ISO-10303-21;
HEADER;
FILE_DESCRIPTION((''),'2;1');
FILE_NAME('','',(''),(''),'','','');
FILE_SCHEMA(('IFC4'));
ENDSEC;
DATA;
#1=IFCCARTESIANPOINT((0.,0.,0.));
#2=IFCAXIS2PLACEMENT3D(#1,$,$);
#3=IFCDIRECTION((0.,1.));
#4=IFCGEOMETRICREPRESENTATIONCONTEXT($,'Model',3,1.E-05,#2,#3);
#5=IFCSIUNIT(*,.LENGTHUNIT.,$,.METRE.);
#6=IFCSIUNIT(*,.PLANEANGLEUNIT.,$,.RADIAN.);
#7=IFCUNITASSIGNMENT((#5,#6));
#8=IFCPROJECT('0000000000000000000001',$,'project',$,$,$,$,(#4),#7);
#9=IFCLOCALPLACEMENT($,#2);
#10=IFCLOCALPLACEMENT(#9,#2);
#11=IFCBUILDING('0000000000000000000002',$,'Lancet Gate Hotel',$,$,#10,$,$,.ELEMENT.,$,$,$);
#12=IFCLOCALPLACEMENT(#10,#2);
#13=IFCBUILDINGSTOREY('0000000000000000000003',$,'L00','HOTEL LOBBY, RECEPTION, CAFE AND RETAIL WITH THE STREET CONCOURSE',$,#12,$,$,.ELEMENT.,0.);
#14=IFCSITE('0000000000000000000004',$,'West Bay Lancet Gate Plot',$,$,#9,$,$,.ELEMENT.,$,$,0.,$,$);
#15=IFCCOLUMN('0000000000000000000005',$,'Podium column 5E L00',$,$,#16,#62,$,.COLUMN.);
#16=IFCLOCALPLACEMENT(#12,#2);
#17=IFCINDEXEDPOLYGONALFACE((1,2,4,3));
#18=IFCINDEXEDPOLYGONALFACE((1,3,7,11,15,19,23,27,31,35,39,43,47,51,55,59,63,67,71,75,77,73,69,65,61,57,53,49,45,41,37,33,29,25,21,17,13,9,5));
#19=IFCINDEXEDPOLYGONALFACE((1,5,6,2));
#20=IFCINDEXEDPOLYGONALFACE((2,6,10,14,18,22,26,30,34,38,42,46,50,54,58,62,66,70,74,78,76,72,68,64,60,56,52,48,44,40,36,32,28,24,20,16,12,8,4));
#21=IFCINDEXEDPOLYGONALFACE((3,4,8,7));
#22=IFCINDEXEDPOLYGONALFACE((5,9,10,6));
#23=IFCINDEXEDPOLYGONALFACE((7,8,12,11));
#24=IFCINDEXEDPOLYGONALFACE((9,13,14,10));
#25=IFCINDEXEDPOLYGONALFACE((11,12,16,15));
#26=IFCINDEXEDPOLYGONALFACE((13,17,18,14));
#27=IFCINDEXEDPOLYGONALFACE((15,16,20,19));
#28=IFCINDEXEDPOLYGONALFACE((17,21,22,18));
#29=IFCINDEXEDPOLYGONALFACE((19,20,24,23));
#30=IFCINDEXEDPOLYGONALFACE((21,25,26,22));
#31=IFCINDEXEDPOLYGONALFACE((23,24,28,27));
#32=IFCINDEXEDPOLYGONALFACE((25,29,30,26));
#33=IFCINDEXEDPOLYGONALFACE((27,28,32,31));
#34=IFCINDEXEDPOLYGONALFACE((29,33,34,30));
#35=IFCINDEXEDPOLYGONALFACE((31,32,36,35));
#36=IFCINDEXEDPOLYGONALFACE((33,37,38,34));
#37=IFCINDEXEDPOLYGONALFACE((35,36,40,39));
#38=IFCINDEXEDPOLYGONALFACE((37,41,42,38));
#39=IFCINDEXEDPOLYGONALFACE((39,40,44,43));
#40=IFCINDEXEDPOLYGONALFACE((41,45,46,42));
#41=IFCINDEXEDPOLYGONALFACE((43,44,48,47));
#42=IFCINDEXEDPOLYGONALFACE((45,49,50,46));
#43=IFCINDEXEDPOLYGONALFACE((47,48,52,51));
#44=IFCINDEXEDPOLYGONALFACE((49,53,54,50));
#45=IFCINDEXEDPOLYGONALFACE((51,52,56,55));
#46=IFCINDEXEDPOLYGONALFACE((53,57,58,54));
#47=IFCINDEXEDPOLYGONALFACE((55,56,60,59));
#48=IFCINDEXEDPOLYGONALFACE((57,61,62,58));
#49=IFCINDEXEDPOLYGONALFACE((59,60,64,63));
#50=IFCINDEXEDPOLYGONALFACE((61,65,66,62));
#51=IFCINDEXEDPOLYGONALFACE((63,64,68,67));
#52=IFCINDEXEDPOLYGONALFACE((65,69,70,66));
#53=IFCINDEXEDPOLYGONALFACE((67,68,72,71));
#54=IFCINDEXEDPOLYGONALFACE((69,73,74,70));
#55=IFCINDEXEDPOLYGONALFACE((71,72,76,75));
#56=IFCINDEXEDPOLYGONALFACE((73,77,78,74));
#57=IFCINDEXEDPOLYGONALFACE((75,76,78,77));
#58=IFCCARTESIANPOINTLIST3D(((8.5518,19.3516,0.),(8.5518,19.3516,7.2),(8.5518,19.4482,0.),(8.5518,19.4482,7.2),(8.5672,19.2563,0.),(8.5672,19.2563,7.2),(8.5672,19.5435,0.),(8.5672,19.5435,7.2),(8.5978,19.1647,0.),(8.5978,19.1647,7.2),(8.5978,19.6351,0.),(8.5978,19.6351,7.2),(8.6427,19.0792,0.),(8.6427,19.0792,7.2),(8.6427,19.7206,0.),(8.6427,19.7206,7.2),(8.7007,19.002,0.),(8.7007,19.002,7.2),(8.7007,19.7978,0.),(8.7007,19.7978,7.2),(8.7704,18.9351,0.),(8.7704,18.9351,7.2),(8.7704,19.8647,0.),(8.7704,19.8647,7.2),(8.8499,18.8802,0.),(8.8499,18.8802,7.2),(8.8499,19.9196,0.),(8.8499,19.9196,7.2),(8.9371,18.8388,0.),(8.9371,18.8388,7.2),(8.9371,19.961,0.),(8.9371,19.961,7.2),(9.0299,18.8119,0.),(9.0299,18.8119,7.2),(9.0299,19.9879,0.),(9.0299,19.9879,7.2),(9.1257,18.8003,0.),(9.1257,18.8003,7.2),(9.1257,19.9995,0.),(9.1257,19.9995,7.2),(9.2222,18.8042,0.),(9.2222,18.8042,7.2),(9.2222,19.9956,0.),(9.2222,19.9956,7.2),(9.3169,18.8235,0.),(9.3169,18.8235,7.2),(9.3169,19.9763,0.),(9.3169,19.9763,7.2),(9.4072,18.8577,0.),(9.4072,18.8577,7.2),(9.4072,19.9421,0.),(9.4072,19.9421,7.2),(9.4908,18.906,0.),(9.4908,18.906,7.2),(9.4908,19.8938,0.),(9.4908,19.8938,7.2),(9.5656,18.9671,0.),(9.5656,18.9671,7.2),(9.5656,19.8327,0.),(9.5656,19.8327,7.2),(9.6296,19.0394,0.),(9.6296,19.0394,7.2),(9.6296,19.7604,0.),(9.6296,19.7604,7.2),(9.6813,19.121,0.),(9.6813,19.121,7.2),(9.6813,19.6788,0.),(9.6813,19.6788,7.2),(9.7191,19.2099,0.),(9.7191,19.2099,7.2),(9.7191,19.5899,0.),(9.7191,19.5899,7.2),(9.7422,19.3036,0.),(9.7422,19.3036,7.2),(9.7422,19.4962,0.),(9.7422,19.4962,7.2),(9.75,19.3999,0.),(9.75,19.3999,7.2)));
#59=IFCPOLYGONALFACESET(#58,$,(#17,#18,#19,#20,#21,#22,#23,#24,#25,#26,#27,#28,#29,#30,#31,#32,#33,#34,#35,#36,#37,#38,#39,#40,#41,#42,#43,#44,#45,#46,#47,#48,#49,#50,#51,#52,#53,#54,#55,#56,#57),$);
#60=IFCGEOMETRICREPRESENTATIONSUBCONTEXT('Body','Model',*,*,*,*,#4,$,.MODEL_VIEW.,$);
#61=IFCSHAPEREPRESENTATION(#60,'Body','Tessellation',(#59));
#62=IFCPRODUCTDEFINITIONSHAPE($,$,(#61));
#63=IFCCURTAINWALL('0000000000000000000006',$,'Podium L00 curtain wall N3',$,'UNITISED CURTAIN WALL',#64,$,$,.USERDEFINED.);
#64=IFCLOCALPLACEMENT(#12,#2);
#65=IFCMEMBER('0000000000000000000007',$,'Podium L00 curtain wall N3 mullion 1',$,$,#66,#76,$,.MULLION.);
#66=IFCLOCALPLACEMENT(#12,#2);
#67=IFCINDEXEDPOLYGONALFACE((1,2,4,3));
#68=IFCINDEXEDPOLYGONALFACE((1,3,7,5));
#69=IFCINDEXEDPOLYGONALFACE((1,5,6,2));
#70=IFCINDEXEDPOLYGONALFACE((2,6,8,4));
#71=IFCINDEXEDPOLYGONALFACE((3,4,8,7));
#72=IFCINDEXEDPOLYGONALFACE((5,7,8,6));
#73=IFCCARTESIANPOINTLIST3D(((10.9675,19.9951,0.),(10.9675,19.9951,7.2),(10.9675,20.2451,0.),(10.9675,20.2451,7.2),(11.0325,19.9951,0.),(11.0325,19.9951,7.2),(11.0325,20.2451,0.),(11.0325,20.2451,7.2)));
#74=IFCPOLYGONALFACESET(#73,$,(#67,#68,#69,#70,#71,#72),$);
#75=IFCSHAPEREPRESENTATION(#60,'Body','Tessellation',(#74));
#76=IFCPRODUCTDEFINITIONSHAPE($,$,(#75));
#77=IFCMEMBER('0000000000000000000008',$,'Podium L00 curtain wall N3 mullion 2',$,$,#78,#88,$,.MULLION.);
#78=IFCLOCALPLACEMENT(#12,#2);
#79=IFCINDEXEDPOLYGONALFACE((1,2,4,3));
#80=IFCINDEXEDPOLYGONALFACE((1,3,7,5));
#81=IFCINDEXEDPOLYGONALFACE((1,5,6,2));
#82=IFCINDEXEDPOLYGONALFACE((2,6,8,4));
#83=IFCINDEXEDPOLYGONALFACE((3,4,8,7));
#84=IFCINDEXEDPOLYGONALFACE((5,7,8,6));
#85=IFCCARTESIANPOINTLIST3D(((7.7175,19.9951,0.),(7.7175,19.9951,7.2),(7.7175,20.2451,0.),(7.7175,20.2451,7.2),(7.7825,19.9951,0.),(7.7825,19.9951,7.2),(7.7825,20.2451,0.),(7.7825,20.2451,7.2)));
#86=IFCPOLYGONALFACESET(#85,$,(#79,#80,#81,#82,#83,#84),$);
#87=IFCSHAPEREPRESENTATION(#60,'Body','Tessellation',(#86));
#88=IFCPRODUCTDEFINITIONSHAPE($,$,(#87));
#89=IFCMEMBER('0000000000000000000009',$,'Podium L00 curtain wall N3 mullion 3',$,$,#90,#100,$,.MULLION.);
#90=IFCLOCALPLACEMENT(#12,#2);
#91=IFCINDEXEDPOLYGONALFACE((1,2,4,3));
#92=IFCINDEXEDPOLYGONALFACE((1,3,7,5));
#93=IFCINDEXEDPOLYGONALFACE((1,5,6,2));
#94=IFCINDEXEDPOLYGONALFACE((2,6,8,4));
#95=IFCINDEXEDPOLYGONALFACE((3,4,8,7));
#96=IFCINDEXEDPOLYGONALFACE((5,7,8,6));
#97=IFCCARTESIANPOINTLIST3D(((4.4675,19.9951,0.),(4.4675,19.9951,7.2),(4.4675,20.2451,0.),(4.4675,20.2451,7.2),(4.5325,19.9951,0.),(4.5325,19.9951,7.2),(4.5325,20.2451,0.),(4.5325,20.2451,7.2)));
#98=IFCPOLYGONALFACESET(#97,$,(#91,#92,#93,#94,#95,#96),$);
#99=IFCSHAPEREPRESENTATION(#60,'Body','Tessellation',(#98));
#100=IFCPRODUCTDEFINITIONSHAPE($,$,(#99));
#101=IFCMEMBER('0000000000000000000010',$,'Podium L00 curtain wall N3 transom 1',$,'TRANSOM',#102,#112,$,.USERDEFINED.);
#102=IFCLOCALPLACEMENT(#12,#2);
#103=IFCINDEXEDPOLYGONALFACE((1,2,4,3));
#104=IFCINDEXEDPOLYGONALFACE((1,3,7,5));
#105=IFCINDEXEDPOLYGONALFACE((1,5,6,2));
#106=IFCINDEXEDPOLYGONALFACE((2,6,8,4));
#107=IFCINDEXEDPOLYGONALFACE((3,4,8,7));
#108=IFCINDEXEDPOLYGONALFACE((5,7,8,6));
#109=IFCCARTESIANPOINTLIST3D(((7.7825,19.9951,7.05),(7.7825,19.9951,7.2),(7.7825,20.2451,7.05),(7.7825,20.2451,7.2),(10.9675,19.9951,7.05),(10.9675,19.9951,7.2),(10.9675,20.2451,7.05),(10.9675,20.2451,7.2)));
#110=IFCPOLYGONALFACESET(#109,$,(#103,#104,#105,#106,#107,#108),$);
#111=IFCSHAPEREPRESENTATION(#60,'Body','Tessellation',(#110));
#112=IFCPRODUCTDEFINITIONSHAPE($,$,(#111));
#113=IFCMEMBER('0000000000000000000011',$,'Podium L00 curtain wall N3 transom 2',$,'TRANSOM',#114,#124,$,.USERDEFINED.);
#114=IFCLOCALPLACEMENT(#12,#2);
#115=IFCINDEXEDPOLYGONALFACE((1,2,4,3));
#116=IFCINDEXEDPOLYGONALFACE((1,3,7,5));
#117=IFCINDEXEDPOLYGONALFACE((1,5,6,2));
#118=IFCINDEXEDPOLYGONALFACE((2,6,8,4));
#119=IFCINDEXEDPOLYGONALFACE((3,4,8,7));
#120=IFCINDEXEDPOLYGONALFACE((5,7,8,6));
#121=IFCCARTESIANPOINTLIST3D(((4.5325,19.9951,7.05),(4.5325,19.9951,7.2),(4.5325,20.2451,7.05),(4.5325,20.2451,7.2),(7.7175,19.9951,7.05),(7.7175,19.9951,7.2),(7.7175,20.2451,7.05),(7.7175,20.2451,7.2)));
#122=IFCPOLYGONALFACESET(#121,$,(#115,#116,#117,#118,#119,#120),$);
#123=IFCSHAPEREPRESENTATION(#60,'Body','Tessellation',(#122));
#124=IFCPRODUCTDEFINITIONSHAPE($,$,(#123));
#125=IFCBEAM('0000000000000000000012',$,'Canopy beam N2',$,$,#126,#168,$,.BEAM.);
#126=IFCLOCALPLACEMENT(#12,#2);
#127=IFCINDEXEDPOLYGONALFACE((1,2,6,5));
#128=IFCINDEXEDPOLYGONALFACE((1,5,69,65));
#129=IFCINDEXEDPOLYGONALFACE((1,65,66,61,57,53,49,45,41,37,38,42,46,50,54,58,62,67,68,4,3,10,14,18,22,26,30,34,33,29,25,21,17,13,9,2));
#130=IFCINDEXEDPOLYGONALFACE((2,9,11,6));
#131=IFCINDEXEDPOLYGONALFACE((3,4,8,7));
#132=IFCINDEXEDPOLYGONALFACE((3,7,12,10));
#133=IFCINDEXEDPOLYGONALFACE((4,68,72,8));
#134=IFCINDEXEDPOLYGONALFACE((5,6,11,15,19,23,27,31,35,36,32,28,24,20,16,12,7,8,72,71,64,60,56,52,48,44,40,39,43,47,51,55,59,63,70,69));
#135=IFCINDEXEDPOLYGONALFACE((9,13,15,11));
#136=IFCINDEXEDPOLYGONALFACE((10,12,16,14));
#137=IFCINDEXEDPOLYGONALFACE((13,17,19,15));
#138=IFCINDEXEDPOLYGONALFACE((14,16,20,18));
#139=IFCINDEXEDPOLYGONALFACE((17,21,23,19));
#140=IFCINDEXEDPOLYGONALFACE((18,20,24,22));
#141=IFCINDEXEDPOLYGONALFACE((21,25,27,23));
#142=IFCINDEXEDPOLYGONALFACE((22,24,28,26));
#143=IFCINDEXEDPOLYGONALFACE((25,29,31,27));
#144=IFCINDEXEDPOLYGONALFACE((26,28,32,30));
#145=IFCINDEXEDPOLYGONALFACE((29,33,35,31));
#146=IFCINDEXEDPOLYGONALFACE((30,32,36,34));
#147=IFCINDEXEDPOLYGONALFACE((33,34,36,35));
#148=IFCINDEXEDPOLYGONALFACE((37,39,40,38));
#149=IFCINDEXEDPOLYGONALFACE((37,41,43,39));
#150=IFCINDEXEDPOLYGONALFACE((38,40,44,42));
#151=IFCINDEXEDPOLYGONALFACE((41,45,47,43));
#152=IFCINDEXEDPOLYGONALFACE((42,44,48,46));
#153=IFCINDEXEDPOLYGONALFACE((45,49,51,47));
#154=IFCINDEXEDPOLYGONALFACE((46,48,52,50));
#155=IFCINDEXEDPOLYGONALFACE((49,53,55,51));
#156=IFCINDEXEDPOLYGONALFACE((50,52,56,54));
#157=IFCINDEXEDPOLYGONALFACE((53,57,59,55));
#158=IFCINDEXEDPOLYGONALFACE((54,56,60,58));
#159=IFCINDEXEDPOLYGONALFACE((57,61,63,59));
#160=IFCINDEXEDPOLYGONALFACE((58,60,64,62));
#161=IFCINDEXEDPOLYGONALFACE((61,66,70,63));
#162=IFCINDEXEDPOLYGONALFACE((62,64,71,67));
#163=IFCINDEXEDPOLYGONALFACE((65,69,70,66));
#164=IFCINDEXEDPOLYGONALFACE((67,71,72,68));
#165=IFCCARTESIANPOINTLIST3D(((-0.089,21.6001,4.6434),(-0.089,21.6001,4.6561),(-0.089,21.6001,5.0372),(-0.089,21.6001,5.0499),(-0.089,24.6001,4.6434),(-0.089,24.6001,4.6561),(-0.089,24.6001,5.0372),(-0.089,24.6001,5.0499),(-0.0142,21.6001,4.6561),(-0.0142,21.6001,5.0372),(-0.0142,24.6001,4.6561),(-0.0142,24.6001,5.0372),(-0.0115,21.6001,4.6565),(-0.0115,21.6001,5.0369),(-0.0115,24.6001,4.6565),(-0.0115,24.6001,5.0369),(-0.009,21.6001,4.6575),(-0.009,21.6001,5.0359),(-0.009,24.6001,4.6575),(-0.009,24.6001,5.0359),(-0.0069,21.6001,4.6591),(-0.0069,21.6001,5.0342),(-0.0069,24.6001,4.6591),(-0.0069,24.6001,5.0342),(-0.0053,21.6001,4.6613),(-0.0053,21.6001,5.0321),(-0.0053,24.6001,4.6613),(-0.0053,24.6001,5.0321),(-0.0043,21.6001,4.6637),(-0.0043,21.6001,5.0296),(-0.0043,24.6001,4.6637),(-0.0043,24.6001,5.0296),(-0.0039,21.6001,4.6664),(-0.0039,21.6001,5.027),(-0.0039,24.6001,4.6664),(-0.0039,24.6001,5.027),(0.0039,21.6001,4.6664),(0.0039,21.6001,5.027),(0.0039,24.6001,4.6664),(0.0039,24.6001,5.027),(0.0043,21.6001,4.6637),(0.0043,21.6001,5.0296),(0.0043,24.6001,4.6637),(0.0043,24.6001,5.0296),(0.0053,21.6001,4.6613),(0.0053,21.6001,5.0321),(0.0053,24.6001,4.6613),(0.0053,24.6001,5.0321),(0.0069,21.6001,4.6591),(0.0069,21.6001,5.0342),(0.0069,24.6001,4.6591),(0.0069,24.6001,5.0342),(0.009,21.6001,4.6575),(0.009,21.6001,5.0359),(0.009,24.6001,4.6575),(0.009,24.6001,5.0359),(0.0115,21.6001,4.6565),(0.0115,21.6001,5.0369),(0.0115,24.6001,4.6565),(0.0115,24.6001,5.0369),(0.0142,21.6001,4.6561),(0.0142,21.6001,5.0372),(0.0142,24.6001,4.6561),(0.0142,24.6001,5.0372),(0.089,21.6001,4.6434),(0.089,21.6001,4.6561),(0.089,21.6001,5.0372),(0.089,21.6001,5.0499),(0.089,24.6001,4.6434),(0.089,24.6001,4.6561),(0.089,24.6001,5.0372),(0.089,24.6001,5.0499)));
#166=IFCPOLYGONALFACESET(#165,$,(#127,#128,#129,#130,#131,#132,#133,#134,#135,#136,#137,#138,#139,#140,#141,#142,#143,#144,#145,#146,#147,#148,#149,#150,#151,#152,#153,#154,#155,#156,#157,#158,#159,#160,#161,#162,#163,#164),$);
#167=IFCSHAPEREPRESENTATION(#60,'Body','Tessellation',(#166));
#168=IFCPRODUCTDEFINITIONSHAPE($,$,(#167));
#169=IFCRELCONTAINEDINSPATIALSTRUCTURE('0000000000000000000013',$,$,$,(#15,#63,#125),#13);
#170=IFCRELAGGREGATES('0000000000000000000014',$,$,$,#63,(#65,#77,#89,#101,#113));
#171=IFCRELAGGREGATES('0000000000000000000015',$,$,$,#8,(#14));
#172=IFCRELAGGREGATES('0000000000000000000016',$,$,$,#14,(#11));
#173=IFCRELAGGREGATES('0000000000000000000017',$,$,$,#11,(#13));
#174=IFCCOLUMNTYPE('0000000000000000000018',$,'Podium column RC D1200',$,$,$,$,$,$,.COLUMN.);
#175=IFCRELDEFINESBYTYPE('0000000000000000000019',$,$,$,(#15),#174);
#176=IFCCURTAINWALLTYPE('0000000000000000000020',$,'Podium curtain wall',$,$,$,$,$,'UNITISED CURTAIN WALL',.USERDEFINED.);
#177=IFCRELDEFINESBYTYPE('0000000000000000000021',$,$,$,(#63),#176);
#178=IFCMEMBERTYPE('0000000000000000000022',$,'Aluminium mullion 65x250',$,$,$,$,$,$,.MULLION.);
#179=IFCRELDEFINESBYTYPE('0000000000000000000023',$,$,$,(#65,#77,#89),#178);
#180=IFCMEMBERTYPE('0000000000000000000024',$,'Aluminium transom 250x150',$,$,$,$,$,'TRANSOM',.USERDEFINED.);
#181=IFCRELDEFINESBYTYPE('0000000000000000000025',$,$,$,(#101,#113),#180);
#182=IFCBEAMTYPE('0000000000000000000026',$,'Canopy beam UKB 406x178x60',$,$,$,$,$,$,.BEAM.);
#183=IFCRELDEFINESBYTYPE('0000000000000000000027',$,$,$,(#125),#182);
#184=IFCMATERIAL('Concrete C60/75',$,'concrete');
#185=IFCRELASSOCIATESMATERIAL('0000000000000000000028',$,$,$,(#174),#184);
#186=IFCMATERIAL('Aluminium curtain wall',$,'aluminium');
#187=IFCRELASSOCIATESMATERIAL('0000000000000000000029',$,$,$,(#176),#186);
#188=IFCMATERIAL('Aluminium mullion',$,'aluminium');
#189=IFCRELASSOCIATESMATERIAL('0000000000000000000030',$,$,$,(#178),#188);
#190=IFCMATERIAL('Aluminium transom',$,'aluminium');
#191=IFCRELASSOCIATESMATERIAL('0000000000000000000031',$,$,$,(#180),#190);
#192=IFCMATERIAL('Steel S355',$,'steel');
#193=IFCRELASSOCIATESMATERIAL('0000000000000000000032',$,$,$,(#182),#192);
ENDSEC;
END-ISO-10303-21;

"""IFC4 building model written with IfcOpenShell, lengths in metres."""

from ifc_helpers import new_model, si_unit, direction, frame, origin, origin_2d, place, context, subcontext, project, spatial, rectangle, circle, i_section, extrude, material, material_profile, profile_set, type_object, element, aggregate, save


model = new_model("IFC4")

# Units and contexts
model_context = context("Model", 3, precision=1e-05, world=origin(), true_north=direction((0.0, 1.0)))
body_context = subcontext(model_context, "Body", "Model", "MODEL_VIEW")
ifc_project = project(units=[si_unit("LENGTHUNIT", "METRE"), si_unit("PLANEANGLEUNIT", "RADIAN")], contexts=[model_context])

# Site, building, storey
site_placement = place(None, origin())
site = spatial("IfcSite", under=ifc_project, at=site_placement, Name="West Bay Lancet Gate Plot", CompositionType="ELEMENT", RefElevation=0.0)
building_placement = place(site_placement, origin())
building = spatial("IfcBuilding", under=site, at=building_placement, Name="Lancet Gate Hotel", CompositionType="ELEMENT")
storey_placement = place(building_placement, origin())
storey = spatial("IfcBuildingStorey", under=building, at=storey_placement, Name="L00", Description="HOTEL LOBBY, RECEPTION, CAFE AND RETAIL WITH THE STREET CONCOURSE", CompositionType="ELEMENT", Elevation=0.0)

# Column
ifc_material_1 = material(Name="Concrete C60/75", Category="concrete")
ifc_material_profile_1 = material_profile(ifc_material_1, circle(Radius=0.6001, at=origin_2d()), Name="RC D1200")
ifc_profile_set_1 = profile_set([ifc_material_profile_1], Name="Concrete C60/75")
column_type_1 = type_object("IfcColumnType", Name="Podium column RC D1200", PredefinedType="COLUMN", material=ifc_profile_set_1)
column_placement = place(storey_placement, frame((9.1499, 19.3999, 0.0), z_axis=(0.0, 0.0, 1.0), x_axis=(1.0, 0.0, 0.0)))
element("IfcColumn", 1, at=column_placement, inside=storey, type_object=column_type_1, Name="Podium column 5E L00", PredefinedType="COLUMN", context=body_context, shape_type="SweptSolid", body=[
    extrude(circle(Radius=0.6001, at=origin_2d()), origin(), (0.0, 0.0, 1.0), 7.2),
])

# Curtain wall, members
ifc_material_2 = material(Name="Aluminium curtain wall", Category="aluminium")
curtain_wall_type = type_object("IfcCurtainWallType", Name="Podium curtain wall", ElementType="UNITISED CURTAIN WALL", PredefinedType="USERDEFINED", material=ifc_material_2)
curtain_wall_placement = place(storey_placement, origin())
curtain_wall = element("IfcCurtainWall", 2, at=curtain_wall_placement, inside=storey, type_object=curtain_wall_type, Name="Podium L00 curtain wall N3", ObjectType="UNITISED CURTAIN WALL", PredefinedType="USERDEFINED")
ifc_material_3 = material(Name="Aluminium mullion", Category="aluminium")
ifc_material_profile_2 = material_profile(ifc_material_3, rectangle(XDim=0.0649, YDim=0.25, at=origin_2d()), Name="MULLION 65x250")
ifc_profile_set_2 = profile_set([ifc_material_profile_2], Name="Aluminium mullion")
member_type_1 = type_object("IfcMemberType", Name="Aluminium mullion 65x250", PredefinedType="MULLION", material=ifc_profile_set_2)
member_1_placement = place(storey_placement, frame((11.0, 20.1201, 0.0), z_axis=(0.0, 0.0, 1.0), x_axis=(-1.0, 0.0, 0.0)))
member_1 = element("IfcMember", 3, at=member_1_placement, type_object=member_type_1, Name="Podium L00 curtain wall N3 mullion 1", PredefinedType="MULLION", context=body_context, shape_type="SweptSolid", body=[
    extrude(rectangle(XDim=0.0649, YDim=0.25, at=origin_2d()), origin(), (0.0, 0.0, 1.0), 7.2),
])
member_2_placement = place(storey_placement, frame((7.75, 20.1201, 0.0), z_axis=(0.0, 0.0, 1.0), x_axis=(-1.0, 0.0, 0.0)))
member_2 = element("IfcMember", 4, at=member_2_placement, type_object=member_type_1, Name="Podium L00 curtain wall N3 mullion 2", PredefinedType="MULLION", context=body_context, shape_type="SweptSolid", body=[
    extrude(rectangle(XDim=0.0649, YDim=0.25, at=origin_2d()), origin(), (0.0, 0.0, 1.0), 7.2),
])
member_3_placement = place(storey_placement, frame((4.5, 20.1201, 0.0), z_axis=(0.0, 0.0, 1.0), x_axis=(-1.0, 0.0, 0.0)))
member_3 = element("IfcMember", 5, at=member_3_placement, type_object=member_type_1, Name="Podium L00 curtain wall N3 mullion 3", PredefinedType="MULLION", context=body_context, shape_type="SweptSolid", body=[
    extrude(rectangle(XDim=0.0649, YDim=0.25, at=origin_2d()), origin(), (0.0, 0.0, 1.0), 7.2),
])
ifc_material_4 = material(Name="Aluminium transom", Category="aluminium")
ifc_material_profile_3 = material_profile(ifc_material_4, rectangle(XDim=0.25, YDim=0.1499, at=origin_2d()), Name="TRANSOM 250x150")
ifc_profile_set_3 = profile_set([ifc_material_profile_3], Name="Aluminium transom")
member_type_2 = type_object("IfcMemberType", Name="Aluminium transom 250x150", ElementType="TRANSOM", PredefinedType="USERDEFINED", material=ifc_profile_set_3)
member_4_placement = place(storey_placement, frame((10.9675, 20.1201, 7.125), z_axis=(-1.0, 0.0, 0.0), x_axis=(0.0, -1.0, 0.0)))
member_4 = element("IfcMember", 6, at=member_4_placement, type_object=member_type_2, Name="Podium L00 curtain wall N3 transom 1", ObjectType="TRANSOM", PredefinedType="USERDEFINED", context=body_context, shape_type="SweptSolid", body=[
    extrude(rectangle(XDim=0.25, YDim=0.1499, at=origin_2d()), origin(), (0.0, 0.0, 1.0), 3.1851),
])
member_5_placement = place(storey_placement, frame((7.7175, 20.1201, 7.125), z_axis=(-1.0, 0.0, 0.0), x_axis=(0.0, -1.0, 0.0)))
member_5 = element("IfcMember", 7, at=member_5_placement, type_object=member_type_2, Name="Podium L00 curtain wall N3 transom 2", ObjectType="TRANSOM", PredefinedType="USERDEFINED", context=body_context, shape_type="SweptSolid", body=[
    extrude(rectangle(XDim=0.25, YDim=0.1499, at=origin_2d()), origin(), (0.0, 0.0, 1.0), 3.1851),
])

# Beam
ifc_material_5 = material(Name="Steel S355", Category="steel")
ifc_material_profile_4 = material_profile(ifc_material_5, i_section(OverallWidth=0.178, OverallDepth=0.4065, WebThickness=0.0078, FlangeThickness=0.0127, FilletRadius=0.0103, at=origin_2d()), Name="UKB 406x178x60")
ifc_profile_set_4 = profile_set([ifc_material_profile_4], Name="Steel S355")
beam_type_1 = type_object("IfcBeamType", Name="Canopy beam UKB 406x178x60", PredefinedType="BEAM", material=ifc_profile_set_4)
for number, where, z_axis, x_axis, name in (
    (8, (0.0, 21.6001, 4.8467), (0.0, 1.0, 0.0), (-1.0, 0.0, 0.0), "Canopy beam N2"),
):
    element("IfcBeam", number, at=place(storey_placement, frame(where, z_axis=z_axis, x_axis=x_axis)), inside=storey, type_object=beam_type_1, Name=name, PredefinedType="BEAM", context=body_context, shape_type="SweptSolid", body=[
        extrude(i_section(OverallWidth=0.178, OverallDepth=0.4065, WebThickness=0.0078, FlangeThickness=0.0127, FilletRadius=0.0103, at=origin_2d()), origin(), (0.0, 0.0, 1.0), 3.0),
    ])

aggregate(curtain_wall, [member_1, member_2, member_3, member_4, member_5])

save(model, "model.ifc")
